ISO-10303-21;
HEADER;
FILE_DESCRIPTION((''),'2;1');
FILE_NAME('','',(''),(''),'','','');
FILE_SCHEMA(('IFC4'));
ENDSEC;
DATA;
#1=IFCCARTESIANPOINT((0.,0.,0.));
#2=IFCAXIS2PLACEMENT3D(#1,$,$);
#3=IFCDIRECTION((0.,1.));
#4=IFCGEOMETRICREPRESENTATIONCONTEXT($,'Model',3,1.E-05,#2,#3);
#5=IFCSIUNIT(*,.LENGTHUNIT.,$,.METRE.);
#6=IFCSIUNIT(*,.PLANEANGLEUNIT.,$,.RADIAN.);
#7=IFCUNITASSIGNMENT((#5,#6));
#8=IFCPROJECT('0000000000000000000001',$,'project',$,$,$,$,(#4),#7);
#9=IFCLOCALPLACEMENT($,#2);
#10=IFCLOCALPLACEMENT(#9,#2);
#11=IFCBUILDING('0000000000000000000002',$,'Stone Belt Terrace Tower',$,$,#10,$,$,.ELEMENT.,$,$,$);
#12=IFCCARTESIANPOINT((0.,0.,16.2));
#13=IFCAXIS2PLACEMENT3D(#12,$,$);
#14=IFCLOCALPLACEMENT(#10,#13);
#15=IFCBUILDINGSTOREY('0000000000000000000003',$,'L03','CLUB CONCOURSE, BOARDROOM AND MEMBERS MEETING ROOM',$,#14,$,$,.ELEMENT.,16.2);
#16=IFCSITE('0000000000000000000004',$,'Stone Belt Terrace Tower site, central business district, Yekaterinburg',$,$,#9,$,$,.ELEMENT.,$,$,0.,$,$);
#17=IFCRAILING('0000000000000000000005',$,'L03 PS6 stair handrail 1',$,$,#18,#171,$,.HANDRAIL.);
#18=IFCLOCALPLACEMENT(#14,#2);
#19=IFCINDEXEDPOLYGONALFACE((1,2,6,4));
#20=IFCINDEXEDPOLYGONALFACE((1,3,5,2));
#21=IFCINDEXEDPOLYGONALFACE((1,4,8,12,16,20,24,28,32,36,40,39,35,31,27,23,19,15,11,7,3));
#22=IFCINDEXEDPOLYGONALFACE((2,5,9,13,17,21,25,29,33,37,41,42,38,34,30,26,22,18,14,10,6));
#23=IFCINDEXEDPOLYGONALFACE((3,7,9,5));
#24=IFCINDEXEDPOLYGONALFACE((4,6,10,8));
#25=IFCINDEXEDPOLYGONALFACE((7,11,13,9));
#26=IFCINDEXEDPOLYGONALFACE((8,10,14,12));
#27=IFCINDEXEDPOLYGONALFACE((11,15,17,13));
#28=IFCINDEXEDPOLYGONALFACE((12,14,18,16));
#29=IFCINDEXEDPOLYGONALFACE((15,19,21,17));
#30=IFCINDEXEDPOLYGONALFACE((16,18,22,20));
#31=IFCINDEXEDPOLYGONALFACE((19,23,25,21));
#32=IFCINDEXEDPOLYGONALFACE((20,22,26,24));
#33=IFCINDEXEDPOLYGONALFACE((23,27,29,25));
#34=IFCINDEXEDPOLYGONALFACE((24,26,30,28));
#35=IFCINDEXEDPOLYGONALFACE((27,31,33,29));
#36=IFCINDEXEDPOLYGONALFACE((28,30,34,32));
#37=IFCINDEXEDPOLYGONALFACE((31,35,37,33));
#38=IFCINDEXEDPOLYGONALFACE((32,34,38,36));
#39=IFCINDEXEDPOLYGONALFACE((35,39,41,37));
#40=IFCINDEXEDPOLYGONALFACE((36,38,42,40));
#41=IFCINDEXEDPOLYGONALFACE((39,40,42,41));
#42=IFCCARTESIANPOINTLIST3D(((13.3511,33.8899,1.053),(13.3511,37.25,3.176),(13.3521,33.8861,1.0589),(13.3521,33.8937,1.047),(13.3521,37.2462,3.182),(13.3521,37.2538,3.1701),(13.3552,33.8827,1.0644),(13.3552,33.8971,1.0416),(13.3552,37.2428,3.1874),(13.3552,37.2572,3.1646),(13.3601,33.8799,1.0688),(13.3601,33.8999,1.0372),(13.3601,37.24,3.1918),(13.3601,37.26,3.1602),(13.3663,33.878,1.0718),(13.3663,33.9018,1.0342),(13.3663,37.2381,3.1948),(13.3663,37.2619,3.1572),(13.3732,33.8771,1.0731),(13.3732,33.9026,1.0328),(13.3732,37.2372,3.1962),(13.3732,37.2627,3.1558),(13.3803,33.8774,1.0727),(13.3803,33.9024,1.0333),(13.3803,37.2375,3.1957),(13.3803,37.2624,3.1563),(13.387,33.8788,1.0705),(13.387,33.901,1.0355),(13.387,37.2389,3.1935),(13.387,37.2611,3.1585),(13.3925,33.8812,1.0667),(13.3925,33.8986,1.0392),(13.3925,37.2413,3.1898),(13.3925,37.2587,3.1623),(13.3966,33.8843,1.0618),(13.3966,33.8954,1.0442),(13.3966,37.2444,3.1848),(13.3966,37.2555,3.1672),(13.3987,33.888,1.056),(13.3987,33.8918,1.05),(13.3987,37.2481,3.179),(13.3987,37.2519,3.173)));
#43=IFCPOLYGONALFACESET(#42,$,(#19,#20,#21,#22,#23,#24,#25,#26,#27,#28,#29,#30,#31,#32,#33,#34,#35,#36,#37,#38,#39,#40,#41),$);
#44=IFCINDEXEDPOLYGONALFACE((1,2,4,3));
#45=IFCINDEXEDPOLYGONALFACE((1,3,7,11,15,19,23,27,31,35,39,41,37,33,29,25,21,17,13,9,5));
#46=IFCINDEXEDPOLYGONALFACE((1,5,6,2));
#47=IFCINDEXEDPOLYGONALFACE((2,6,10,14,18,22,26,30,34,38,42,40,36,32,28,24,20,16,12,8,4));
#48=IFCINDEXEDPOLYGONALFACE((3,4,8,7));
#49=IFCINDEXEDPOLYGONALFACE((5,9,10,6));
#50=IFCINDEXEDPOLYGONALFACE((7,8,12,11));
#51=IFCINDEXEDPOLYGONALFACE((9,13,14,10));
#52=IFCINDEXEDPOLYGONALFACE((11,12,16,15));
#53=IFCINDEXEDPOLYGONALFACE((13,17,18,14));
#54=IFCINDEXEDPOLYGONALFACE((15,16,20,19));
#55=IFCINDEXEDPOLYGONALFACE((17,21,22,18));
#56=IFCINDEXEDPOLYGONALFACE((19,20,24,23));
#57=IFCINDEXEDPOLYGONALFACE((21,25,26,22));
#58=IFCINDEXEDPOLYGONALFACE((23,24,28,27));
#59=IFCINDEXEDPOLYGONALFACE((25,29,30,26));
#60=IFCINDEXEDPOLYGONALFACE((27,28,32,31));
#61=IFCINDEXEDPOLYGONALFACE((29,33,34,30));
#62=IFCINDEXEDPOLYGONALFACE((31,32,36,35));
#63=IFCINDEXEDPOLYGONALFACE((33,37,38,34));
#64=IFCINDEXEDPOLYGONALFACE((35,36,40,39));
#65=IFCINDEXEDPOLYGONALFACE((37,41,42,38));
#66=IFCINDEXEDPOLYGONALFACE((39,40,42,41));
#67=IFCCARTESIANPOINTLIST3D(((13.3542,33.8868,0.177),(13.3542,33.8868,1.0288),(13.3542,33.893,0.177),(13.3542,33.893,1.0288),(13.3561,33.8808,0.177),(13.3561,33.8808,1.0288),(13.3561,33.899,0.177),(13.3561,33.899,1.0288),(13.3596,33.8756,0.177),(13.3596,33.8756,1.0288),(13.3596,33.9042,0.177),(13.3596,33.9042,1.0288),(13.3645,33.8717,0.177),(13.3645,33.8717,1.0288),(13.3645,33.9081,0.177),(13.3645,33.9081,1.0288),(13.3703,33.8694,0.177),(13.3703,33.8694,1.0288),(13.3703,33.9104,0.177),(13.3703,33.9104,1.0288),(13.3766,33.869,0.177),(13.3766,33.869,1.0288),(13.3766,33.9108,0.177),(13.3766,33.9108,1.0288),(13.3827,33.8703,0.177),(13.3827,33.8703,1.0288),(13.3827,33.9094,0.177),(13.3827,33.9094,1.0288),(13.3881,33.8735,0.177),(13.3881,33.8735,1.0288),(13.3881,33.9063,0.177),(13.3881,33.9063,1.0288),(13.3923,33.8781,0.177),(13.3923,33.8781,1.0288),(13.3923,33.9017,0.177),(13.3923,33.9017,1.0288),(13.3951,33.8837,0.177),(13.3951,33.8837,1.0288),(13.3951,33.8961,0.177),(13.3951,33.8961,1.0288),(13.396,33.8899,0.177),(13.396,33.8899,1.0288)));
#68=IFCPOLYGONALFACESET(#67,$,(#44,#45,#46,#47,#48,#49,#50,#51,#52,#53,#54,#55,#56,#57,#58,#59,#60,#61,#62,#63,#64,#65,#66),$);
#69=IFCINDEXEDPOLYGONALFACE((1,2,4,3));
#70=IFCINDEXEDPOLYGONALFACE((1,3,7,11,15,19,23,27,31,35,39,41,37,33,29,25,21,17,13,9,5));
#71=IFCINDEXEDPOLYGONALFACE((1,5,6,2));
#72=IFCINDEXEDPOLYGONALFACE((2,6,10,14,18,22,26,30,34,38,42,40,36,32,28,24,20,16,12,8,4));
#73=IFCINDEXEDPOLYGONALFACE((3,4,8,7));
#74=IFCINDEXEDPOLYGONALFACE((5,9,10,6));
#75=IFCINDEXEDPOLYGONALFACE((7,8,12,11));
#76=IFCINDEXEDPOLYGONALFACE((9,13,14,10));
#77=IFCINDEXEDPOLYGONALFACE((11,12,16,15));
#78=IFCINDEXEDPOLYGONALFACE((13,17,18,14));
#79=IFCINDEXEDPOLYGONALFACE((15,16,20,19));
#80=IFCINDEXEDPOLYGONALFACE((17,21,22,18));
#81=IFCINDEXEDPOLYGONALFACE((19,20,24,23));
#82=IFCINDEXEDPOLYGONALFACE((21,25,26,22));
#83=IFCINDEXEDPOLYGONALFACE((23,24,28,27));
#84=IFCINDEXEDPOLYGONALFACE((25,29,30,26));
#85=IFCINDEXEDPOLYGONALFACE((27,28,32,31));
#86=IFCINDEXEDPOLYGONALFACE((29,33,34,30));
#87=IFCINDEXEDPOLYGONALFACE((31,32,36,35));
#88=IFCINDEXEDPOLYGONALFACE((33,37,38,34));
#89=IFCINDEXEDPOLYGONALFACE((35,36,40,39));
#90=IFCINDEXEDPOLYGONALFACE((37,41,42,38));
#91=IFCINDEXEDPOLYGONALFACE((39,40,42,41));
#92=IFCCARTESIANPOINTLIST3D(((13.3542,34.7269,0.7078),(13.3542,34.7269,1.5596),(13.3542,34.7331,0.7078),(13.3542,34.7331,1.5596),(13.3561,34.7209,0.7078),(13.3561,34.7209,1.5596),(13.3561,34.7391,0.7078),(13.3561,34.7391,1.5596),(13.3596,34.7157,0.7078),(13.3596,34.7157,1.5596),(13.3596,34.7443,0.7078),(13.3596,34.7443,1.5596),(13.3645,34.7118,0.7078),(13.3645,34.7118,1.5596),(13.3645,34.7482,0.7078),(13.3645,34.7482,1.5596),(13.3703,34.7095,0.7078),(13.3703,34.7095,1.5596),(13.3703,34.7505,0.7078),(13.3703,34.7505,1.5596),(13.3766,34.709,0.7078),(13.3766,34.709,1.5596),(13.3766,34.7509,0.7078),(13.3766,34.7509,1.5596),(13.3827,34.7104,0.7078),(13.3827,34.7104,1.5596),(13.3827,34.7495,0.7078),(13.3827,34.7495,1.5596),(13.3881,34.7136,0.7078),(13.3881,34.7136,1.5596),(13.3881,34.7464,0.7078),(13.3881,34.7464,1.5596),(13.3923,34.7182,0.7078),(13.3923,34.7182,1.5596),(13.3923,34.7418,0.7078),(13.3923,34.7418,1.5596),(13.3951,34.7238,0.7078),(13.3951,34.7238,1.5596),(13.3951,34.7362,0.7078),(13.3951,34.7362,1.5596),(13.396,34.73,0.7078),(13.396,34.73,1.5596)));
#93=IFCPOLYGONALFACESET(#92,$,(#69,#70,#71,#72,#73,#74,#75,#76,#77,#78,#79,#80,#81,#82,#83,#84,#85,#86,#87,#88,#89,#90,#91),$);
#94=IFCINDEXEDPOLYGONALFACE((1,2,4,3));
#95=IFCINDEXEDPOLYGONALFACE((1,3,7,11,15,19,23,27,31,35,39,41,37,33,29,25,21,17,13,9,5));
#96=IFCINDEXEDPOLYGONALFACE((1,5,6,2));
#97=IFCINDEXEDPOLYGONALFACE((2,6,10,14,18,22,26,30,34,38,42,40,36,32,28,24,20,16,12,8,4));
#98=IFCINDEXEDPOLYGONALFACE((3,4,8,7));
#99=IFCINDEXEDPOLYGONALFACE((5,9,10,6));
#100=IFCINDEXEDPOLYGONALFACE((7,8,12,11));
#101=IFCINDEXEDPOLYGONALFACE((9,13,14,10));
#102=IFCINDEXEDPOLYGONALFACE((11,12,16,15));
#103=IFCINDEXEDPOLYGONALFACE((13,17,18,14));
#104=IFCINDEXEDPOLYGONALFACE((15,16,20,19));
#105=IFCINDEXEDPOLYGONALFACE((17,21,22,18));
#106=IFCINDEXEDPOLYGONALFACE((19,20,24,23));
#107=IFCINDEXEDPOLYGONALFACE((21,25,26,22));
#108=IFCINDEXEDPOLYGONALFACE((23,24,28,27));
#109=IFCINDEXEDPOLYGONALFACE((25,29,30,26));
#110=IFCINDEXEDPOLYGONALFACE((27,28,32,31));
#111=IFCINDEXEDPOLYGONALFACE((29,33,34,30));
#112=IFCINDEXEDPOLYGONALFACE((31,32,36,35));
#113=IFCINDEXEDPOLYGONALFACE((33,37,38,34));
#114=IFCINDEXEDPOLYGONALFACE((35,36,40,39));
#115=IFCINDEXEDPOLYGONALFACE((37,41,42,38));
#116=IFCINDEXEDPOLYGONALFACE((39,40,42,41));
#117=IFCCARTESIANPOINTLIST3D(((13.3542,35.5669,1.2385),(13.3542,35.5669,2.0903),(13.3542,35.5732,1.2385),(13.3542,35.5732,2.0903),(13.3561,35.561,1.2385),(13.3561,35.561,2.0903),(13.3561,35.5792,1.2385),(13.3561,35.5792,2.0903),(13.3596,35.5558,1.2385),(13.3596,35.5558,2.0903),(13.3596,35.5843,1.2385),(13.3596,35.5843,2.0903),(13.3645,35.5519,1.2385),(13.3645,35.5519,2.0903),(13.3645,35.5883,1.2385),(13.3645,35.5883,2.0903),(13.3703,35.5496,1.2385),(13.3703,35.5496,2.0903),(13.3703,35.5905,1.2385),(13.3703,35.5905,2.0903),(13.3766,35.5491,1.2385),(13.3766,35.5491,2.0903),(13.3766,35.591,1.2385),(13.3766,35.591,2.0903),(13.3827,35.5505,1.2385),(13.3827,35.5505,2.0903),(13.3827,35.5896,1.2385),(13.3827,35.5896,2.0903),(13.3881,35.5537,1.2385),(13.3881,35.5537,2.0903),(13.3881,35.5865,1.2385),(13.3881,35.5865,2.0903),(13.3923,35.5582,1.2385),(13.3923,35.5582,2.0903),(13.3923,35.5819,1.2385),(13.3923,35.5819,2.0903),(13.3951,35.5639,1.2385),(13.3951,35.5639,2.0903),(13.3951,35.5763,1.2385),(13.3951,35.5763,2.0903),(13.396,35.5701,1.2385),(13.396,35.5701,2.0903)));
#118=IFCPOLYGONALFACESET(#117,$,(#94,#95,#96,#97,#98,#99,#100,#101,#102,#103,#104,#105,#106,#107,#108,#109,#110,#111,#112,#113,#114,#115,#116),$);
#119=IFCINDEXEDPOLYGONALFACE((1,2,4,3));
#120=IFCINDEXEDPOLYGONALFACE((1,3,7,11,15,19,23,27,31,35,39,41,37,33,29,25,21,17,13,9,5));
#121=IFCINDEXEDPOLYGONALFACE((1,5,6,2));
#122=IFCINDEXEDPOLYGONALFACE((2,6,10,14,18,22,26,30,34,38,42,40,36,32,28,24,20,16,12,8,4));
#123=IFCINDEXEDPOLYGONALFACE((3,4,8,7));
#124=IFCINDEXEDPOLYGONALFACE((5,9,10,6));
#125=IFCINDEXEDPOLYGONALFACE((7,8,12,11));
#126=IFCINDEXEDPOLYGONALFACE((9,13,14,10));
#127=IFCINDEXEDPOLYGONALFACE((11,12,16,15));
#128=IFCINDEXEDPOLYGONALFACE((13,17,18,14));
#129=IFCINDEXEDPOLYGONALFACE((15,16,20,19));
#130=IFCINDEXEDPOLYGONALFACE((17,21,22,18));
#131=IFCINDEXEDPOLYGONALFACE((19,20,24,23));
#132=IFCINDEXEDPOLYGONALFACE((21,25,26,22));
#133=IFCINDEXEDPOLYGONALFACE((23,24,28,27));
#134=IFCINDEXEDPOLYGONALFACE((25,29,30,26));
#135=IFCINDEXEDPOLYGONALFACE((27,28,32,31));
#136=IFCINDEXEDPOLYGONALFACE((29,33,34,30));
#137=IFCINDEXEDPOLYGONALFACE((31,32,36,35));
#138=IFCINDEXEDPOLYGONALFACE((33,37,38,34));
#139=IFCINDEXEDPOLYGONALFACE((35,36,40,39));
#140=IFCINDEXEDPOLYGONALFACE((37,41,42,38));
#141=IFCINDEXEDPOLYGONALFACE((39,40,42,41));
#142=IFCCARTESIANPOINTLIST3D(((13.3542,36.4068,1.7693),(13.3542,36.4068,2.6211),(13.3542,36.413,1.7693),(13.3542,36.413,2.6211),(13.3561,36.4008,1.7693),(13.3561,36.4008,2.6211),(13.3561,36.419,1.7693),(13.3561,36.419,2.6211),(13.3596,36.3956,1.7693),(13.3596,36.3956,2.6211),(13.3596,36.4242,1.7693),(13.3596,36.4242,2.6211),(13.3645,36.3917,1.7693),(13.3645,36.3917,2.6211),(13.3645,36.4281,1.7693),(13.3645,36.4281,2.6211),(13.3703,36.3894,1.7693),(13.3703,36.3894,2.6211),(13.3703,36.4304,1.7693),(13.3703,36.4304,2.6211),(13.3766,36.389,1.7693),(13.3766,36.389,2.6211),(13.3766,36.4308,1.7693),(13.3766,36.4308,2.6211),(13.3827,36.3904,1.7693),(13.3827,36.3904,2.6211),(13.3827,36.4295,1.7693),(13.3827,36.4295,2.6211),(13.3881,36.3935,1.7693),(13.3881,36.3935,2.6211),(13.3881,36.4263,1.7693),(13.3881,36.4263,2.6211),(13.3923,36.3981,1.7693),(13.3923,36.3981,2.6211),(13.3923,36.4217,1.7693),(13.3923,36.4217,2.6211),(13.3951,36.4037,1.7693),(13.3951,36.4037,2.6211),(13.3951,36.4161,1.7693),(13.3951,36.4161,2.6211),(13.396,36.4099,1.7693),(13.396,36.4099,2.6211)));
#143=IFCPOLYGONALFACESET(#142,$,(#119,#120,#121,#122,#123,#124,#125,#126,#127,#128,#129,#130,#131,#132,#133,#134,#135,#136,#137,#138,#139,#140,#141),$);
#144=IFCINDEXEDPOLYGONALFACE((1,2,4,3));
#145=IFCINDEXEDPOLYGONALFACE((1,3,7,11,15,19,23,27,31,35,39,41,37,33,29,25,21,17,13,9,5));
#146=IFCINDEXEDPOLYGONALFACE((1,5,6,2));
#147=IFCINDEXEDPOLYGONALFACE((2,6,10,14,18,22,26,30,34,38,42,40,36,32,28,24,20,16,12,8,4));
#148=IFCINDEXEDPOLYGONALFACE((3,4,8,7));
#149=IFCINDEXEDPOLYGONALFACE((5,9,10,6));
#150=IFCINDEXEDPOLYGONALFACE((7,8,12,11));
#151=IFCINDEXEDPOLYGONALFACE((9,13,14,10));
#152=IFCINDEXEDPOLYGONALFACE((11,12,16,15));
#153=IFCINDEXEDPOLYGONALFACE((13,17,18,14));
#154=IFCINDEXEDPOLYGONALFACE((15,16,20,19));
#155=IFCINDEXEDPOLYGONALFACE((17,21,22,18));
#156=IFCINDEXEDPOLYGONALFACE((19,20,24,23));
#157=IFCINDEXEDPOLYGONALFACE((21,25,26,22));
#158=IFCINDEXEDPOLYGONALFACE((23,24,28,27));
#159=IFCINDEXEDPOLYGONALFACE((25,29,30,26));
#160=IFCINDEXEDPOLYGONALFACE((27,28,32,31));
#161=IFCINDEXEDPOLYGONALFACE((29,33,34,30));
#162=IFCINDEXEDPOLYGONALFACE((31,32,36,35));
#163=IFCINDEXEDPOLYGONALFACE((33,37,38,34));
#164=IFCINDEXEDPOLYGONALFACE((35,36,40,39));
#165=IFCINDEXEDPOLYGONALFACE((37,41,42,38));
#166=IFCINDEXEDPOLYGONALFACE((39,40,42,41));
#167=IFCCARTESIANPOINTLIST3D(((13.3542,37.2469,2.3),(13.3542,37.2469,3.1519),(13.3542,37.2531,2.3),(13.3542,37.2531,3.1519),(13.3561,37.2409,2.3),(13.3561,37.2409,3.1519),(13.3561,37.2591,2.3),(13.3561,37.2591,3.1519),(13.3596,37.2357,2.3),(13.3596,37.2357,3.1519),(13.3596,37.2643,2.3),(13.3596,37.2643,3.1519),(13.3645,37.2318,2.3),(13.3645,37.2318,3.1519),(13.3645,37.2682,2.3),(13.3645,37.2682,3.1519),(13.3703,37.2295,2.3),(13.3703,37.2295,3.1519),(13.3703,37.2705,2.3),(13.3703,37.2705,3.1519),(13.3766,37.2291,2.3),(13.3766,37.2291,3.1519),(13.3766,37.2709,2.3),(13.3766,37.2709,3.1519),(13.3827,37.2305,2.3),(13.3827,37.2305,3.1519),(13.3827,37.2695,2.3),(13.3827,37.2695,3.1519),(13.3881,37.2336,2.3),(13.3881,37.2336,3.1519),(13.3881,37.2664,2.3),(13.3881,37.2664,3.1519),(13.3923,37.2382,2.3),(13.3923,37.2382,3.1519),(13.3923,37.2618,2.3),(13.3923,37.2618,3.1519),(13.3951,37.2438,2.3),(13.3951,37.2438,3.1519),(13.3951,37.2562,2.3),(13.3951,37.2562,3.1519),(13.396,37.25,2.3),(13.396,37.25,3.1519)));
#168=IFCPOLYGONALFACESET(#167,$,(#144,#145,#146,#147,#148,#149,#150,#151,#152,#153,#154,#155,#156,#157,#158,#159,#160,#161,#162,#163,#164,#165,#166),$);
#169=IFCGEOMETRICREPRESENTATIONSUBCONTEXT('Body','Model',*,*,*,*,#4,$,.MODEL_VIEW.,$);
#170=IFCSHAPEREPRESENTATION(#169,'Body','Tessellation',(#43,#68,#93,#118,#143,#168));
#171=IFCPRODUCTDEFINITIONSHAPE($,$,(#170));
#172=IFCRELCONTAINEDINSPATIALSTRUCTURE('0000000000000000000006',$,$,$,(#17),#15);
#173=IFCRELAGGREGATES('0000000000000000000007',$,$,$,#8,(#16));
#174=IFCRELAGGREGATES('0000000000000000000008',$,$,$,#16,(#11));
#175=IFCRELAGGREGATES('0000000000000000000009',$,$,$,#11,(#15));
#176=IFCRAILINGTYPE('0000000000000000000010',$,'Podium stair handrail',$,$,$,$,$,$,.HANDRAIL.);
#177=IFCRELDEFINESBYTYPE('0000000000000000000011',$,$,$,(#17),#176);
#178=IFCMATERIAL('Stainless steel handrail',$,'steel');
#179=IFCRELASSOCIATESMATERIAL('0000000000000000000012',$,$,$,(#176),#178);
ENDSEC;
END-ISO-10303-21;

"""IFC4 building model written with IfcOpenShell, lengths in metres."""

from ifc_helpers import new_model, si_unit, direction, frame, origin, origin_2d, place, context, subcontext, project, spatial, circle, extrude, material, type_object, element, save


model = new_model("IFC4")

# Units and contexts
model_context = context("Model", 3, precision=1e-05, world=origin(), true_north=direction((0.0, 1.0)))
body_context = subcontext(model_context, "Body", "Model", "MODEL_VIEW")
ifc_project = project(units=[si_unit("LENGTHUNIT", "METRE"), si_unit("PLANEANGLEUNIT", "RADIAN")], contexts=[model_context])

# Site, building, storey
site_placement = place(None, origin())
site = spatial("IfcSite", under=ifc_project, at=site_placement, Name="Stone Belt Terrace Tower site, central business district, Yekaterinburg", CompositionType="ELEMENT", RefElevation=0.0)
building_placement = place(site_placement, origin())
building = spatial("IfcBuilding", under=site, at=building_placement, Name="Stone Belt Terrace Tower", CompositionType="ELEMENT")
storey_placement = place(building_placement, frame((0.0, 0.0, 16.2)))
storey = spatial("IfcBuildingStorey", under=building, at=storey_placement, Name="L03", Description="CLUB CONCOURSE, BOARDROOM AND MEMBERS MEETING ROOM", CompositionType="ELEMENT", Elevation=16.2)

# Railing
ifc_material_1 = material(Name="Stainless steel handrail", Category="steel")
railing_type_1 = type_object("IfcRailingType", Name="Podium stair handrail", PredefinedType="HANDRAIL", material=ifc_material_1)
railing_1_placement = place(storey_placement, frame((13.375, 33.8899, 0.177)))
element("IfcRailing", 1, at=railing_1_placement, inside=storey, type_object=railing_type_1, Name="L03 PS6 stair handrail 1", PredefinedType="HANDRAIL", context=body_context, shape_type="SweptSolid", body=[
    extrude(circle(Radius=0.0239, at=origin_2d()), frame((0.0, 0.0, 0.876), z_axis=(0.0, 0.84539, 0.53415), x_axis=(-1.0, 0.0, 0.0)), (0.0, 0.0, 1.0), 3.9746),
    extrude(circle(Radius=0.021, at=origin_2d()), origin(), (0.0, 0.0, 1.0), 0.8518),
    extrude(circle(Radius=0.021, at=origin_2d()), frame((0.0, 0.8401, 0.5308)), (0.0, 0.0, 1.0), 0.8518),
    extrude(circle(Radius=0.021, at=origin_2d()), frame((0.0, 1.6802, 1.0615)), (0.0, 0.0, 1.0), 0.8518),
    extrude(circle(Radius=0.021, at=origin_2d()), frame((0.0, 2.52, 1.5923)), (0.0, 0.0, 1.0), 0.8518),
    extrude(circle(Radius=0.021, at=origin_2d()), frame((0.0, 3.3601, 2.123)), (0.0, 0.0, 1.0), 0.8518),
])

save(model, "model.ifc")
